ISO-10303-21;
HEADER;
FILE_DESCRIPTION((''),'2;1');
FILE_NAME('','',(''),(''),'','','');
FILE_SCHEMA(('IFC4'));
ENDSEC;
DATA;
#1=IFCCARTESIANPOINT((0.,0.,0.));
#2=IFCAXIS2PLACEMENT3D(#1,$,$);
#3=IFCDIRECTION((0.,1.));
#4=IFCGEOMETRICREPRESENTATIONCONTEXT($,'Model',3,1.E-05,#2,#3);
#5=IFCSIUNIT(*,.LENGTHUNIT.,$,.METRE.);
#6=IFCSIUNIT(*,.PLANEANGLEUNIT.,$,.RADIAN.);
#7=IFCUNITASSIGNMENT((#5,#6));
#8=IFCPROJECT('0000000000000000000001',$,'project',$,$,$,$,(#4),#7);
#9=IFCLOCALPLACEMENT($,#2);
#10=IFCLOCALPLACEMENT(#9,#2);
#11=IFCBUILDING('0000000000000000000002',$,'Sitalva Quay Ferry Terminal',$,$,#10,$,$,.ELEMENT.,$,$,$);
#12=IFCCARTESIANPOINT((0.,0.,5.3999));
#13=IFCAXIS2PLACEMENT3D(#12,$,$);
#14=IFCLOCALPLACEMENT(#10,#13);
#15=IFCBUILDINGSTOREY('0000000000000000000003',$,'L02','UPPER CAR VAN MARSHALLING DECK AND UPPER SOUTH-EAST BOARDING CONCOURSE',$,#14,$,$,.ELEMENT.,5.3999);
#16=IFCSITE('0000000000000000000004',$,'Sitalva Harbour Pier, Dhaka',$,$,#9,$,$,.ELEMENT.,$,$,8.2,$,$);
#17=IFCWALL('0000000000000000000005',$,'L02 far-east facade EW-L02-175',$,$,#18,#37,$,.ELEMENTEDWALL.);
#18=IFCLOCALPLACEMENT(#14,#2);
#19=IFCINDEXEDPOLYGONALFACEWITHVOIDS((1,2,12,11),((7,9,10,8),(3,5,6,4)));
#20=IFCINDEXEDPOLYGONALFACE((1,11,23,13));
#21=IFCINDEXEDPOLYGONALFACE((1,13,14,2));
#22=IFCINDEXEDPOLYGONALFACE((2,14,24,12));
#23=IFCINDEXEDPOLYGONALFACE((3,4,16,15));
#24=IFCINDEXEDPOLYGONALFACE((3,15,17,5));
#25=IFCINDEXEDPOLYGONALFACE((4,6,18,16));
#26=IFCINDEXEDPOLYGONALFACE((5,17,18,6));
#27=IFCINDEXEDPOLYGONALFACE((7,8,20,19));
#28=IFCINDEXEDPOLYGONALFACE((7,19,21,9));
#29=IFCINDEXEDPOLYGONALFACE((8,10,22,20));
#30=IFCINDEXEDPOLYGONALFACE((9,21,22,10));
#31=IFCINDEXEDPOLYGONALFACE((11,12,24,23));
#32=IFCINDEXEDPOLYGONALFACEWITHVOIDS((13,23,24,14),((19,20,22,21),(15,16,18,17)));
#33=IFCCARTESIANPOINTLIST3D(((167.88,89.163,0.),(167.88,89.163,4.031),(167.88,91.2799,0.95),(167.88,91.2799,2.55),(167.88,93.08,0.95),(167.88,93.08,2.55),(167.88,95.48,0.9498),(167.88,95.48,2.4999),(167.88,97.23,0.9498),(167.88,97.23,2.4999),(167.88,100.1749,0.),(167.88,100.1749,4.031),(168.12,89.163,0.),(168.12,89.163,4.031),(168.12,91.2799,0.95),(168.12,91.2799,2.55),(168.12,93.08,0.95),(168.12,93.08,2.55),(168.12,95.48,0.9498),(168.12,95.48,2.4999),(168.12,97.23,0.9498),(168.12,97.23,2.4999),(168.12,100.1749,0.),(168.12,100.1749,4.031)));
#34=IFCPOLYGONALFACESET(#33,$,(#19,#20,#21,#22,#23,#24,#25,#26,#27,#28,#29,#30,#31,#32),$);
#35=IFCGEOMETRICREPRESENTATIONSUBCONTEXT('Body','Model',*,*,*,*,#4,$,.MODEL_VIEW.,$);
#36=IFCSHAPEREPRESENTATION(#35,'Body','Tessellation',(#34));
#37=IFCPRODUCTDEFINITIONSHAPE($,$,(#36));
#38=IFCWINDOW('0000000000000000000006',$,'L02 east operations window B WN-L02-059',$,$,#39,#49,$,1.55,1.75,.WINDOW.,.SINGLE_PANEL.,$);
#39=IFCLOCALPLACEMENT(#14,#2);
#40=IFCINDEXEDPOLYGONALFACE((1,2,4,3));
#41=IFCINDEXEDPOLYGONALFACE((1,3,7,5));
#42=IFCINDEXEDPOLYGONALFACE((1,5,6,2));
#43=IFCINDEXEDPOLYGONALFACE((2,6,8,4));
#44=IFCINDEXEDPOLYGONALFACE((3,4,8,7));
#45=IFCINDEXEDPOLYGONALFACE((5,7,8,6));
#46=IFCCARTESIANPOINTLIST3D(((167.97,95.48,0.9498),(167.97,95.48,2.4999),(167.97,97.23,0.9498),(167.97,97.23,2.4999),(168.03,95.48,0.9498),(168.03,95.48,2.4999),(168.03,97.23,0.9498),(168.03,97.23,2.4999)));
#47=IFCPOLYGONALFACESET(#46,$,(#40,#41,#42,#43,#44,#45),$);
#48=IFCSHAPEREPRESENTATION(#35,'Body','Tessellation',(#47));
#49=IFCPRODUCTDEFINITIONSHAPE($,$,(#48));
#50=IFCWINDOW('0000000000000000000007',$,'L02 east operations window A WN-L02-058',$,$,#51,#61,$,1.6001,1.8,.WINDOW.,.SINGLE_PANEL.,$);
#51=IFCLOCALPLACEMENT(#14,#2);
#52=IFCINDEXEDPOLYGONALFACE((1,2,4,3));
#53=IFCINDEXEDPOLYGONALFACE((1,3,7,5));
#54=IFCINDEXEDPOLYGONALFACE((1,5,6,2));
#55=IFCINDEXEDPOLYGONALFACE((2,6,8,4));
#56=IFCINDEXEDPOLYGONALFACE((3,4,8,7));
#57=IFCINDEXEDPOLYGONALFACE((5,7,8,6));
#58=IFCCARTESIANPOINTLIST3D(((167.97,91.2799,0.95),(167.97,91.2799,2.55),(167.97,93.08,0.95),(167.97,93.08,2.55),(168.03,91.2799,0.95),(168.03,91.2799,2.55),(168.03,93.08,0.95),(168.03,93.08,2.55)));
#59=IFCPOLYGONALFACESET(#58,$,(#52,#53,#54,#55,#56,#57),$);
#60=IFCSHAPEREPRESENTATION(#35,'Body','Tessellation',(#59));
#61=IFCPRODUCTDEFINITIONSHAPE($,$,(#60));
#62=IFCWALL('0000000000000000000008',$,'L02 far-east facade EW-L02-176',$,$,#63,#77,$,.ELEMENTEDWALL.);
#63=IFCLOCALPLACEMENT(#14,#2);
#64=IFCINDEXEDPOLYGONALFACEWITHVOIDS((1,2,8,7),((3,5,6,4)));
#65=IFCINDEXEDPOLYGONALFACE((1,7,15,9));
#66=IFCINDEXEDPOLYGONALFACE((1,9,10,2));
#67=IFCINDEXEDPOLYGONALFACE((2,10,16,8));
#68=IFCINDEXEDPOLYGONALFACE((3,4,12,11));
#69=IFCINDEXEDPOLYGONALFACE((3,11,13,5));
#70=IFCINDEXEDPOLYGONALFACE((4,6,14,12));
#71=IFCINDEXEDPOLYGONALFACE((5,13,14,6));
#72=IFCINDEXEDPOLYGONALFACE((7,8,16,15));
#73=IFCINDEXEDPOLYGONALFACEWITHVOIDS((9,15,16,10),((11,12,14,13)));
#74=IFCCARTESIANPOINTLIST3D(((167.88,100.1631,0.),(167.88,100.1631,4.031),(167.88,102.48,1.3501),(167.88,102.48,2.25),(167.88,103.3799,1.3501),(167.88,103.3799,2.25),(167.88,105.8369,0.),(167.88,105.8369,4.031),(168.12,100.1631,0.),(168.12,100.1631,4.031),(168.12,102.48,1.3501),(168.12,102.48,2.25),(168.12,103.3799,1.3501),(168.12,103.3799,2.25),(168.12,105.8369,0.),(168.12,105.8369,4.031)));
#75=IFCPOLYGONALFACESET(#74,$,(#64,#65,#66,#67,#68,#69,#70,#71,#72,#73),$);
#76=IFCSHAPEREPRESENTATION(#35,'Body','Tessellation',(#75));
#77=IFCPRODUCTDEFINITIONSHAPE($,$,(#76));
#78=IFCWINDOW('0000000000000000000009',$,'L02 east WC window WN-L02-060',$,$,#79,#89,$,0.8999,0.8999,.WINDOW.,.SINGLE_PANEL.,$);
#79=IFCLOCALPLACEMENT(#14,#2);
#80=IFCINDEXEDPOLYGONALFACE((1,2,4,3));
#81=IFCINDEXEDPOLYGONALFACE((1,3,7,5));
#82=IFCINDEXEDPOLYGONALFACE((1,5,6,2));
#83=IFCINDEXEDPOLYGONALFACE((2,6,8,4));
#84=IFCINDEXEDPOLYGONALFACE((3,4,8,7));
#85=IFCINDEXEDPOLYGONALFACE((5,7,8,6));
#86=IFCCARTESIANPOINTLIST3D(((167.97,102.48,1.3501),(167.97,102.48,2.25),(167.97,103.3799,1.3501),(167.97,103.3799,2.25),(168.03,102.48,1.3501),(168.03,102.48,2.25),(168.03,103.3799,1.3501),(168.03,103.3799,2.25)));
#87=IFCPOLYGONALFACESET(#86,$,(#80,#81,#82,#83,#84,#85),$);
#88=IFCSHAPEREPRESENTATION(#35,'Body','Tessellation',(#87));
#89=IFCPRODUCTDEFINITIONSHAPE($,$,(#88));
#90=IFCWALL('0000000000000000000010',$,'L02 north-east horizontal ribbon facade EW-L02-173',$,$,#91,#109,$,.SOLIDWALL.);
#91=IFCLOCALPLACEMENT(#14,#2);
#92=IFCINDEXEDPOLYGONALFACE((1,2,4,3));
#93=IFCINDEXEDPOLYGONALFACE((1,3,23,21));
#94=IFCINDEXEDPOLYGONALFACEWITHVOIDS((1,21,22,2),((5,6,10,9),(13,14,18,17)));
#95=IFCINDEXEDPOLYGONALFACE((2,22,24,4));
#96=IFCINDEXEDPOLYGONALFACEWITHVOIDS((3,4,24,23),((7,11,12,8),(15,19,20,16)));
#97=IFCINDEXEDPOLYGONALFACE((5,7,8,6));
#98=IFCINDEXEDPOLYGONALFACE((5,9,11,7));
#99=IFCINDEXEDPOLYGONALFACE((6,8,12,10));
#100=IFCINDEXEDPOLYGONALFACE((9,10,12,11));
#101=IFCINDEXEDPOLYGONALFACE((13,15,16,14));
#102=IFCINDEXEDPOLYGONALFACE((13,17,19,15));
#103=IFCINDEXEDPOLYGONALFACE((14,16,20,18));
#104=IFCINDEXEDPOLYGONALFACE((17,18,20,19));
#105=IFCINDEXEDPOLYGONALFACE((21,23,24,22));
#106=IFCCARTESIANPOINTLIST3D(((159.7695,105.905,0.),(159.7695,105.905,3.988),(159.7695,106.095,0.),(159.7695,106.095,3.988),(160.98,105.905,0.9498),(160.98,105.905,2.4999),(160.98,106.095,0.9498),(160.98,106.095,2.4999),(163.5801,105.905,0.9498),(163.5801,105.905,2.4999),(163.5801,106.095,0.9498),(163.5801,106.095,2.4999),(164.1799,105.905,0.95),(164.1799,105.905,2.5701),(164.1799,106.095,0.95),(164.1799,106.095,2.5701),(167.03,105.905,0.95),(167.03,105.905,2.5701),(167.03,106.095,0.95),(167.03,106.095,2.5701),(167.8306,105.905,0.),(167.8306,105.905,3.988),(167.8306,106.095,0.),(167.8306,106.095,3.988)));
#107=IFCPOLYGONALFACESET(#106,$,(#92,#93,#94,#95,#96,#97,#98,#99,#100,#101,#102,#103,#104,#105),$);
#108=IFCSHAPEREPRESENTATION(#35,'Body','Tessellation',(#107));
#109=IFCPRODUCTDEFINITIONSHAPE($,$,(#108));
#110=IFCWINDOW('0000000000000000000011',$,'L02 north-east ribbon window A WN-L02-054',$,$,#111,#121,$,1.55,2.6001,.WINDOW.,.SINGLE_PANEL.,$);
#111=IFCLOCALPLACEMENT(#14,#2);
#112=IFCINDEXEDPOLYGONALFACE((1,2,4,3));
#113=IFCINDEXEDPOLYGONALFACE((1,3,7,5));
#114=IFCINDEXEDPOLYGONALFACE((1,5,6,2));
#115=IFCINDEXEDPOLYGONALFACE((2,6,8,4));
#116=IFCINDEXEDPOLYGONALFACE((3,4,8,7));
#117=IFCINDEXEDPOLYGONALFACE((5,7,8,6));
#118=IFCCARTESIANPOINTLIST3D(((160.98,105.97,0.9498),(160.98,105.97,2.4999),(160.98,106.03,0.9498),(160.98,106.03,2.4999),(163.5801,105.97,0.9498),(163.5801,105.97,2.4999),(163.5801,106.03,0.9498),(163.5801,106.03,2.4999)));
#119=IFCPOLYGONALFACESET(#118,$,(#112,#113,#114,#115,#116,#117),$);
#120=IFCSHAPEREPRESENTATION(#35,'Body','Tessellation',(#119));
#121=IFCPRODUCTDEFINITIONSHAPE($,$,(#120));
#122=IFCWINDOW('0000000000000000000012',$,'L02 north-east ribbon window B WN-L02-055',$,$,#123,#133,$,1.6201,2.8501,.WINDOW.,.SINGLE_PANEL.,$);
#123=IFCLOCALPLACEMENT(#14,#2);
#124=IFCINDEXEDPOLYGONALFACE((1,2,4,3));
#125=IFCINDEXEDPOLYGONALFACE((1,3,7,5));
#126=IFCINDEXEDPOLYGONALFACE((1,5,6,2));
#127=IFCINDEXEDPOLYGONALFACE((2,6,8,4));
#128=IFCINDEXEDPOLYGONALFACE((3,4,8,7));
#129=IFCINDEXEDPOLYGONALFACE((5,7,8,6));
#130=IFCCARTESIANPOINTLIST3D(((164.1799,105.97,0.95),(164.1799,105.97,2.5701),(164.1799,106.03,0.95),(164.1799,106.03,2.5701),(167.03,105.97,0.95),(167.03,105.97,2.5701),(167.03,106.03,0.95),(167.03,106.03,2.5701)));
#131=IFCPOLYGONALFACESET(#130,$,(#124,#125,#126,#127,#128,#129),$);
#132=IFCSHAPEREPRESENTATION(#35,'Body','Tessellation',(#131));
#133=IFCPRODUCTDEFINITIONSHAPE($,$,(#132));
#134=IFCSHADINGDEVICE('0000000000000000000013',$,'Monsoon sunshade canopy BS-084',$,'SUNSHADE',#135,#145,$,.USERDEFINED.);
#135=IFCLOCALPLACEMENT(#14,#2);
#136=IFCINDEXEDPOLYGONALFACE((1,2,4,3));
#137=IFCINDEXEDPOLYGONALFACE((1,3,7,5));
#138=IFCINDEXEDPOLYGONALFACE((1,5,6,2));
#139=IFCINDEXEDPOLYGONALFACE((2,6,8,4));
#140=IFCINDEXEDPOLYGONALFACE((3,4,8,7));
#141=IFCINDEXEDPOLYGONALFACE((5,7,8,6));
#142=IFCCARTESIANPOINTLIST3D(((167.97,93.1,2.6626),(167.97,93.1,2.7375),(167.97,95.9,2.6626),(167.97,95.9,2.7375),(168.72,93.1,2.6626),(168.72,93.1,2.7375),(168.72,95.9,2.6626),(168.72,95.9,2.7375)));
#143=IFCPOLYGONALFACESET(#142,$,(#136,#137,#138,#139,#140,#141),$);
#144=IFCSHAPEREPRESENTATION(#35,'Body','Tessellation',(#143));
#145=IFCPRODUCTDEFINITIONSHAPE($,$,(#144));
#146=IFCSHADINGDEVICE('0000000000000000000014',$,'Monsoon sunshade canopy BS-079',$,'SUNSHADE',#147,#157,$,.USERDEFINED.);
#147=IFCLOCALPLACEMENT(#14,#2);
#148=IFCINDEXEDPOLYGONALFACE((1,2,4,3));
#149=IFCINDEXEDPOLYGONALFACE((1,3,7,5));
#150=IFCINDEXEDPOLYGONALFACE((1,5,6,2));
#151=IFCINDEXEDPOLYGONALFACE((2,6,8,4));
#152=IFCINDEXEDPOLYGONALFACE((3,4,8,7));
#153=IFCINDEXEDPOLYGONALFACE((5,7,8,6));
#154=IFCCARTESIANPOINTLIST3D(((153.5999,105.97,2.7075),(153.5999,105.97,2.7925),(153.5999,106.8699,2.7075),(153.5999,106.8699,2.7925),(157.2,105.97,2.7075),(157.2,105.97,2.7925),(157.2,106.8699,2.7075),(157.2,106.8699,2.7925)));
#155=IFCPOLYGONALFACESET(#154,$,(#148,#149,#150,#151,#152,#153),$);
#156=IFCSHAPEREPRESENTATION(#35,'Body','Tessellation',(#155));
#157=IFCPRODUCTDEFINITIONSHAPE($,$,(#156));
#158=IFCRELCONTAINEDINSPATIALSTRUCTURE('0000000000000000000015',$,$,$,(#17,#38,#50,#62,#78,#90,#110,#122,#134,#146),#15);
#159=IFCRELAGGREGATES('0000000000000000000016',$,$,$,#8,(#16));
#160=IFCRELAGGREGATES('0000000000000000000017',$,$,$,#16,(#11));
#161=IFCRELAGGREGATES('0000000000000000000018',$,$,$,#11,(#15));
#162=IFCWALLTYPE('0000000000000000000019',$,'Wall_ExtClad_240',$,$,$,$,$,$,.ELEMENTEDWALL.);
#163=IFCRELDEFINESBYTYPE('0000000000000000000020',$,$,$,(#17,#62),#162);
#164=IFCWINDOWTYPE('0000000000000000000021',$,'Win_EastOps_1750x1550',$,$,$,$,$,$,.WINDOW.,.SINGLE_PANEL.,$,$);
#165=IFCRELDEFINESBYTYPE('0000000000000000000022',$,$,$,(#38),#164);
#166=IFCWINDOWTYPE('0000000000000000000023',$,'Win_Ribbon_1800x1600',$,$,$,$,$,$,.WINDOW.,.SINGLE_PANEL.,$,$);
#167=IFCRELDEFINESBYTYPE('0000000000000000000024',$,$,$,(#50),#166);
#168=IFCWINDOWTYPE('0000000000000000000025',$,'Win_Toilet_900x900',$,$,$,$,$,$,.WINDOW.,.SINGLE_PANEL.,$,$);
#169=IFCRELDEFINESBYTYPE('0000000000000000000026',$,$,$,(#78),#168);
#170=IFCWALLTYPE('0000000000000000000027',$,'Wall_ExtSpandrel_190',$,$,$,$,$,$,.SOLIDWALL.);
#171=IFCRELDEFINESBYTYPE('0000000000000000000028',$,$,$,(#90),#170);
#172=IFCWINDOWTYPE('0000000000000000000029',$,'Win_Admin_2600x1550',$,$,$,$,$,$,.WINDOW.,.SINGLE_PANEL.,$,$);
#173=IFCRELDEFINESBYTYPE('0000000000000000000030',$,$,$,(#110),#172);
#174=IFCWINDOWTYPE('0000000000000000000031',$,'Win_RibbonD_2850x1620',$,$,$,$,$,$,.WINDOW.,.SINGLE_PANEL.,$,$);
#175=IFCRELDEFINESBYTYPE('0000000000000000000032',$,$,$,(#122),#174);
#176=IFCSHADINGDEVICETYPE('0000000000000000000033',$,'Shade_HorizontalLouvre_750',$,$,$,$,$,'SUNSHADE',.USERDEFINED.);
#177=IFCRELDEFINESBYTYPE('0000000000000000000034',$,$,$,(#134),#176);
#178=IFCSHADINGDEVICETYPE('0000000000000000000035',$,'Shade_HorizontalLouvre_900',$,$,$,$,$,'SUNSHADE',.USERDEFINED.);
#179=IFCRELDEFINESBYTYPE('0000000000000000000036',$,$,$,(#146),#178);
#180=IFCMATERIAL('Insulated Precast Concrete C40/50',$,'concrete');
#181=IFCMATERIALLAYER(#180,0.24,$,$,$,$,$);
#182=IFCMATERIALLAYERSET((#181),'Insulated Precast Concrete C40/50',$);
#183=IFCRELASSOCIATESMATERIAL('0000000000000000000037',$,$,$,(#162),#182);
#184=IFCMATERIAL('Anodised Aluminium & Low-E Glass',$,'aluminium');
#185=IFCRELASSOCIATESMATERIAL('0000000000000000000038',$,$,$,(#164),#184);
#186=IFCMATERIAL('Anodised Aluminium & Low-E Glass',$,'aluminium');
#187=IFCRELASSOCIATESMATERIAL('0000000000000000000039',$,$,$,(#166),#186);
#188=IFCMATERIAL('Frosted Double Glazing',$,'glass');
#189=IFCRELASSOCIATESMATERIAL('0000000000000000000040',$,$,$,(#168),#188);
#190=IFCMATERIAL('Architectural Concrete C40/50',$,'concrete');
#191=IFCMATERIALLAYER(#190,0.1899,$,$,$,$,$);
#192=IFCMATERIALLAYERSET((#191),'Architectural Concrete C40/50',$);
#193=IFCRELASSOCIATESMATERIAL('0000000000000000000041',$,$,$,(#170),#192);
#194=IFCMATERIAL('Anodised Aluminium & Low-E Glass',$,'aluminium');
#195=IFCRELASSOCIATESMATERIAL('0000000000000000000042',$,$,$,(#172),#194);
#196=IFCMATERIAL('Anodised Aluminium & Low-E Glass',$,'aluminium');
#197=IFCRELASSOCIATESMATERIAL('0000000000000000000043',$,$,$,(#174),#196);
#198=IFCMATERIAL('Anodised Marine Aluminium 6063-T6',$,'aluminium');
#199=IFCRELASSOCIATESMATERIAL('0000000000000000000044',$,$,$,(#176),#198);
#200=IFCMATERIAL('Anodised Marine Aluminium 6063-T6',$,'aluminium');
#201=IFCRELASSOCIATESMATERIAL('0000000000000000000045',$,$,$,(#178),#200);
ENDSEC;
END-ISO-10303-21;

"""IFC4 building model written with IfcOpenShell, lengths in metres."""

from ifc_helpers import new_model, si_unit, direction, frame, frame_2d, origin, origin_2d, place, context, subcontext, project, spatial, rectangle, extrude, material, layer, layer_set, type_object, element, fill, save


model = new_model("IFC4")

# Units and contexts
model_context = context("Model", 3, precision=1e-05, world=origin(), true_north=direction((0.0, 1.0)))
body_context = subcontext(model_context, "Body", "Model", "MODEL_VIEW")
ifc_project = project(units=[si_unit("LENGTHUNIT", "METRE"), si_unit("PLANEANGLEUNIT", "RADIAN")], contexts=[model_context])

# Site, building, storey
site_placement = place(None, origin())
site = spatial("IfcSite", under=ifc_project, at=site_placement, Name="Sitalva Harbour Pier, Dhaka", CompositionType="ELEMENT", RefElevation=8.2)
building_placement = place(site_placement, origin())
building = spatial("IfcBuilding", under=site, at=building_placement, Name="Sitalva Quay Ferry Terminal", CompositionType="ELEMENT")
storey_placement = place(building_placement, frame((0.0, 0.0, 5.3999)))
storey = spatial("IfcBuildingStorey", under=building, at=storey_placement, Name="L02", Description="UPPER CAR VAN MARSHALLING DECK AND UPPER SOUTH-EAST BOARDING CONCOURSE", CompositionType="ELEMENT", Elevation=5.3999)

# Wall, openings, windows
ifc_material_1 = material(Name="Insulated Precast Concrete C40/50", Category="concrete")
ifc_layer_1 = layer(ifc_material_1, 0.24)
ifc_layer_set_1 = layer_set([ifc_layer_1], Name="Insulated Precast Concrete C40/50")
wall_type_1 = type_object("IfcWallType", Name="Wall_ExtClad_240", PredefinedType="ELEMENTEDWALL", material=ifc_layer_set_1)
wall_1_placement = place(storey_placement, frame((168.0, 89.1631, 0.0), z_axis=(0.0, 0.0, 1.0), x_axis=(0.0, 1.0, 0.0)))
wall_1 = element("IfcWall", 1, at=wall_1_placement, inside=storey, type_object=wall_type_1, Name="L02 far-east facade EW-L02-175", PredefinedType="ELEMENTEDWALL", context=body_context, shape_type="SweptSolid", body=[
    extrude(rectangle(XDim=11.012, YDim=0.24, at=frame_2d((5.5059, 0.0))), origin(), (0.0, 0.0, 1.0), 4.031),
])
opening_1_placement = place(wall_1_placement, frame((2.1169, 0.0, 0.95)))
opening_1 = element("IfcOpeningElement", 2, at=opening_1_placement, cuts=wall_1, PredefinedType="OPENING", context=body_context, shape_type="SweptSolid", body=[
    extrude(rectangle(XDim=1.8, YDim=1.6001, at=frame_2d((0.8999, 0.8))), frame((0.0, 0.1299, 0.0), z_axis=(0.0, -1.0, 0.0), x_axis=(1.0, 0.0, 0.0)), (0.0, 0.0, 1.0), 0.26),
])
opening_2_placement = place(wall_1_placement, frame((6.3169, 0.0, 0.95)))
opening_2 = element("IfcOpeningElement", 3, at=opening_2_placement, cuts=wall_1, PredefinedType="OPENING", context=body_context, shape_type="SweptSolid", body=[
    extrude(rectangle(XDim=1.75, YDim=1.55, at=frame_2d((0.875, 0.7749))), frame((0.0, 0.1299, 0.0), z_axis=(0.0, -1.0, 0.0), x_axis=(1.0, 0.0, 0.0)), (0.0, 0.0, 1.0), 0.26),
])
ifc_material_2 = material(Name="Anodised Aluminium & Low-E Glass", Category="aluminium")
window_type_1 = type_object("IfcWindowType", Name="Win_EastOps_1750x1550", PartitioningType="SINGLE_PANEL", PredefinedType="WINDOW", material=ifc_material_2)
window_1_placement = place(opening_2_placement, origin())
window_1 = element("IfcWindow", 4, at=window_1_placement, inside=storey, type_object=window_type_1, Name="L02 east operations window B WN-L02-059", OverallHeight=1.55, OverallWidth=1.75, PartitioningType="SINGLE_PANEL", PredefinedType="WINDOW", context=body_context, shape_type="SweptSolid", body=[
    extrude(rectangle(XDim=1.75, YDim=1.55, at=frame_2d((0.875, 0.7749))), frame((0.0, 0.03, 0.0), z_axis=(0.0, -1.0, 0.0), x_axis=(1.0, 0.0, 0.0)), (0.0, 0.0, 1.0), 0.0601),
])
fill(opening_2, window_1)
ifc_material_3 = material(Name="Anodised Aluminium & Low-E Glass", Category="aluminium")
window_type_2 = type_object("IfcWindowType", Name="Win_Ribbon_1800x1600", PartitioningType="SINGLE_PANEL", PredefinedType="WINDOW", material=ifc_material_3)
window_2_placement = place(opening_1_placement, origin())
window_2 = element("IfcWindow", 5, at=window_2_placement, inside=storey, type_object=window_type_2, Name="L02 east operations window A WN-L02-058", OverallHeight=1.6001, OverallWidth=1.8, PartitioningType="SINGLE_PANEL", PredefinedType="WINDOW", context=body_context, shape_type="SweptSolid", body=[
    extrude(rectangle(XDim=1.8, YDim=1.6001, at=frame_2d((0.8999, 0.8))), frame((0.0, 0.03, 0.0), z_axis=(0.0, -1.0, 0.0), x_axis=(1.0, 0.0, 0.0)), (0.0, 0.0, 1.0), 0.0601),
])
fill(opening_1, window_2)

# Wall, opening, window
wall_2_placement = place(storey_placement, frame((168.0, 100.1631, 0.0), z_axis=(0.0, 0.0, 1.0), x_axis=(0.0, 1.0, 0.0)))
wall_2 = element("IfcWall", 6, at=wall_2_placement, inside=storey, type_object=wall_type_1, Name="L02 far-east facade EW-L02-176", PredefinedType="ELEMENTEDWALL", context=body_context, shape_type="SweptSolid", body=[
    extrude(rectangle(XDim=5.6738, YDim=0.24, at=frame_2d((2.8369, 0.0))), origin(), (0.0, 0.0, 1.0), 4.031),
])
opening_3_placement = place(wall_2_placement, frame((2.3169, 0.0, 1.3501)))
opening_3 = element("IfcOpeningElement", 7, at=opening_3_placement, cuts=wall_2, PredefinedType="OPENING", context=body_context, shape_type="SweptSolid", body=[
    extrude(rectangle(XDim=0.8999, YDim=0.8999, at=frame_2d((0.45, 0.45))), frame((0.0, 0.1299, 0.0), z_axis=(0.0, -1.0, 0.0), x_axis=(1.0, 0.0, 0.0)), (0.0, 0.0, 1.0), 0.26),
])
ifc_material_4 = material(Name="Frosted Double Glazing", Category="glass")
window_type_3 = type_object("IfcWindowType", Name="Win_Toilet_900x900", PartitioningType="SINGLE_PANEL", PredefinedType="WINDOW", material=ifc_material_4)
window_3_placement = place(opening_3_placement, origin())
window_3 = element("IfcWindow", 8, at=window_3_placement, inside=storey, type_object=window_type_3, Name="L02 east WC window WN-L02-060", OverallHeight=0.8999, OverallWidth=0.8999, PartitioningType="SINGLE_PANEL", PredefinedType="WINDOW", context=body_context, shape_type="SweptSolid", body=[
    extrude(rectangle(XDim=0.8999, YDim=0.8999, at=frame_2d((0.45, 0.45))), frame((0.0, 0.03, 0.0), z_axis=(0.0, -1.0, 0.0), x_axis=(1.0, 0.0, 0.0)), (0.0, 0.0, 1.0), 0.0601),
])
fill(opening_3, window_3)

# Wall, openings, windows
ifc_material_5 = material(Name="Architectural Concrete C40/50", Category="concrete")
ifc_layer_2 = layer(ifc_material_5, 0.1899)
ifc_layer_set_2 = layer_set([ifc_layer_2], Name="Architectural Concrete C40/50")
wall_type_2 = type_object("IfcWallType", Name="Wall_ExtSpandrel_190", PredefinedType="SOLIDWALL", material=ifc_layer_set_2)
wall_3_placement = place(storey_placement, frame((159.7695, 106.0, 0.0), z_axis=(0.0, 0.0, 1.0), x_axis=(1.0, 0.0, 0.0)))
wall_3 = element("IfcWall", 9, at=wall_3_placement, inside=storey, type_object=wall_type_2, Name="L02 north-east horizontal ribbon facade EW-L02-173", PredefinedType="SOLIDWALL", context=body_context, shape_type="SweptSolid", body=[
    extrude(rectangle(XDim=8.061, YDim=0.1899, at=frame_2d((4.0305, 0.0))), origin(), (0.0, 0.0, 1.0), 3.988),
])
opening_4_placement = place(wall_3_placement, frame((1.2104, 0.0, 0.95)))
opening_4 = element("IfcOpeningElement", 10, at=opening_4_placement, cuts=wall_3, PredefinedType="OPENING", context=body_context, shape_type="SweptSolid", body=[
    extrude(rectangle(XDim=2.6001, YDim=1.55, at=frame_2d((1.3, 0.7749))), frame((0.0, 0.105, 0.0), z_axis=(0.0, -1.0, 0.0), x_axis=(1.0, 0.0, 0.0)), (0.0, 0.0, 1.0), 0.21),
])
opening_5_placement = place(wall_3_placement, frame((4.4104, 0.0, 0.95)))
opening_5 = element("IfcOpeningElement", 11, at=opening_5_placement, cuts=wall_3, PredefinedType="OPENING", context=body_context, shape_type="SweptSolid", body=[
    extrude(rectangle(XDim=2.8501, YDim=1.6201, at=frame_2d((1.425, 0.8101))), frame((0.0, 0.105, 0.0), z_axis=(0.0, -1.0, 0.0), x_axis=(1.0, 0.0, 0.0)), (0.0, 0.0, 1.0), 0.21),
])
ifc_material_6 = material(Name="Anodised Aluminium & Low-E Glass", Category="aluminium")
window_type_4 = type_object("IfcWindowType", Name="Win_Admin_2600x1550", PartitioningType="SINGLE_PANEL", PredefinedType="WINDOW", material=ifc_material_6)
window_4_placement = place(opening_4_placement, origin())
window_4 = element("IfcWindow", 12, at=window_4_placement, inside=storey, type_object=window_type_4, Name="L02 north-east ribbon window A WN-L02-054", OverallHeight=1.55, OverallWidth=2.6001, PartitioningType="SINGLE_PANEL", PredefinedType="WINDOW", context=body_context, shape_type="SweptSolid", body=[
    extrude(rectangle(XDim=2.6001, YDim=1.55, at=frame_2d((1.3, 0.7749))), frame((0.0, 0.03, 0.0), z_axis=(0.0, -1.0, 0.0), x_axis=(1.0, 0.0, 0.0)), (0.0, 0.0, 1.0), 0.0601),
])
fill(opening_4, window_4)
ifc_material_7 = material(Name="Anodised Aluminium & Low-E Glass", Category="aluminium")
window_type_5 = type_object("IfcWindowType", Name="Win_RibbonD_2850x1620", PartitioningType="SINGLE_PANEL", PredefinedType="WINDOW", material=ifc_material_7)
window_5_placement = place(opening_5_placement, origin())
window_5 = element("IfcWindow", 13, at=window_5_placement, inside=storey, type_object=window_type_5, Name="L02 north-east ribbon window B WN-L02-055", OverallHeight=1.6201, OverallWidth=2.8501, PartitioningType="SINGLE_PANEL", PredefinedType="WINDOW", context=body_context, shape_type="SweptSolid", body=[
    extrude(rectangle(XDim=2.8501, YDim=1.6201, at=frame_2d((1.425, 0.8101))), frame((0.0, 0.03, 0.0), z_axis=(0.0, -1.0, 0.0), x_axis=(1.0, 0.0, 0.0)), (0.0, 0.0, 1.0), 0.0601),
])
fill(opening_5, window_5)

# Shading devices
ifc_material_8 = material(Name="Anodised Marine Aluminium 6063-T6", Category="aluminium")
shading_device_type_1 = type_object("IfcShadingDeviceType", Name="Shade_HorizontalLouvre_750", ElementType="SUNSHADE", PredefinedType="USERDEFINED", material=ifc_material_8)
shading_device_1_placement = place(storey_placement, frame((168.345, 94.5, 2.6626), z_axis=(0.0, 0.0, 1.0), x_axis=(1.0, 0.0, 0.0)))
element("IfcShadingDevice", 14, at=shading_device_1_placement, inside=storey, type_object=shading_device_type_1, Name="Monsoon sunshade canopy BS-084", ObjectType="SUNSHADE", PredefinedType="USERDEFINED", context=body_context, shape_type="SweptSolid", body=[
    extrude(rectangle(XDim=0.75, YDim=2.8, at=origin_2d()), origin(), (0.0, 0.0, 1.0), 0.075),
])
ifc_material_9 = material(Name="Anodised Marine Aluminium 6063-T6", Category="aluminium")
shading_device_type_2 = type_object("IfcShadingDeviceType", Name="Shade_HorizontalLouvre_900", ElementType="SUNSHADE", PredefinedType="USERDEFINED", material=ifc_material_9)
for number, where, z_axis, x_axis, name in (
    (15, (155.3999, 106.4199, 2.7075), (0.0, 0.0, 1.0), (1.0, 0.0, 0.0), "Monsoon sunshade canopy BS-079"),
):
    element("IfcShadingDevice", number, at=place(storey_placement, frame(where, z_axis=z_axis, x_axis=x_axis)), inside=storey, type_object=shading_device_type_2, Name=name, ObjectType="SUNSHADE", PredefinedType="USERDEFINED", context=body_context, shape_type="SweptSolid", body=[
        extrude(rectangle(XDim=3.6001, YDim=0.8999, at=origin_2d()), origin(), (0.0, 0.0, 1.0), 0.085),
    ])

save(model, "model.ifc")
